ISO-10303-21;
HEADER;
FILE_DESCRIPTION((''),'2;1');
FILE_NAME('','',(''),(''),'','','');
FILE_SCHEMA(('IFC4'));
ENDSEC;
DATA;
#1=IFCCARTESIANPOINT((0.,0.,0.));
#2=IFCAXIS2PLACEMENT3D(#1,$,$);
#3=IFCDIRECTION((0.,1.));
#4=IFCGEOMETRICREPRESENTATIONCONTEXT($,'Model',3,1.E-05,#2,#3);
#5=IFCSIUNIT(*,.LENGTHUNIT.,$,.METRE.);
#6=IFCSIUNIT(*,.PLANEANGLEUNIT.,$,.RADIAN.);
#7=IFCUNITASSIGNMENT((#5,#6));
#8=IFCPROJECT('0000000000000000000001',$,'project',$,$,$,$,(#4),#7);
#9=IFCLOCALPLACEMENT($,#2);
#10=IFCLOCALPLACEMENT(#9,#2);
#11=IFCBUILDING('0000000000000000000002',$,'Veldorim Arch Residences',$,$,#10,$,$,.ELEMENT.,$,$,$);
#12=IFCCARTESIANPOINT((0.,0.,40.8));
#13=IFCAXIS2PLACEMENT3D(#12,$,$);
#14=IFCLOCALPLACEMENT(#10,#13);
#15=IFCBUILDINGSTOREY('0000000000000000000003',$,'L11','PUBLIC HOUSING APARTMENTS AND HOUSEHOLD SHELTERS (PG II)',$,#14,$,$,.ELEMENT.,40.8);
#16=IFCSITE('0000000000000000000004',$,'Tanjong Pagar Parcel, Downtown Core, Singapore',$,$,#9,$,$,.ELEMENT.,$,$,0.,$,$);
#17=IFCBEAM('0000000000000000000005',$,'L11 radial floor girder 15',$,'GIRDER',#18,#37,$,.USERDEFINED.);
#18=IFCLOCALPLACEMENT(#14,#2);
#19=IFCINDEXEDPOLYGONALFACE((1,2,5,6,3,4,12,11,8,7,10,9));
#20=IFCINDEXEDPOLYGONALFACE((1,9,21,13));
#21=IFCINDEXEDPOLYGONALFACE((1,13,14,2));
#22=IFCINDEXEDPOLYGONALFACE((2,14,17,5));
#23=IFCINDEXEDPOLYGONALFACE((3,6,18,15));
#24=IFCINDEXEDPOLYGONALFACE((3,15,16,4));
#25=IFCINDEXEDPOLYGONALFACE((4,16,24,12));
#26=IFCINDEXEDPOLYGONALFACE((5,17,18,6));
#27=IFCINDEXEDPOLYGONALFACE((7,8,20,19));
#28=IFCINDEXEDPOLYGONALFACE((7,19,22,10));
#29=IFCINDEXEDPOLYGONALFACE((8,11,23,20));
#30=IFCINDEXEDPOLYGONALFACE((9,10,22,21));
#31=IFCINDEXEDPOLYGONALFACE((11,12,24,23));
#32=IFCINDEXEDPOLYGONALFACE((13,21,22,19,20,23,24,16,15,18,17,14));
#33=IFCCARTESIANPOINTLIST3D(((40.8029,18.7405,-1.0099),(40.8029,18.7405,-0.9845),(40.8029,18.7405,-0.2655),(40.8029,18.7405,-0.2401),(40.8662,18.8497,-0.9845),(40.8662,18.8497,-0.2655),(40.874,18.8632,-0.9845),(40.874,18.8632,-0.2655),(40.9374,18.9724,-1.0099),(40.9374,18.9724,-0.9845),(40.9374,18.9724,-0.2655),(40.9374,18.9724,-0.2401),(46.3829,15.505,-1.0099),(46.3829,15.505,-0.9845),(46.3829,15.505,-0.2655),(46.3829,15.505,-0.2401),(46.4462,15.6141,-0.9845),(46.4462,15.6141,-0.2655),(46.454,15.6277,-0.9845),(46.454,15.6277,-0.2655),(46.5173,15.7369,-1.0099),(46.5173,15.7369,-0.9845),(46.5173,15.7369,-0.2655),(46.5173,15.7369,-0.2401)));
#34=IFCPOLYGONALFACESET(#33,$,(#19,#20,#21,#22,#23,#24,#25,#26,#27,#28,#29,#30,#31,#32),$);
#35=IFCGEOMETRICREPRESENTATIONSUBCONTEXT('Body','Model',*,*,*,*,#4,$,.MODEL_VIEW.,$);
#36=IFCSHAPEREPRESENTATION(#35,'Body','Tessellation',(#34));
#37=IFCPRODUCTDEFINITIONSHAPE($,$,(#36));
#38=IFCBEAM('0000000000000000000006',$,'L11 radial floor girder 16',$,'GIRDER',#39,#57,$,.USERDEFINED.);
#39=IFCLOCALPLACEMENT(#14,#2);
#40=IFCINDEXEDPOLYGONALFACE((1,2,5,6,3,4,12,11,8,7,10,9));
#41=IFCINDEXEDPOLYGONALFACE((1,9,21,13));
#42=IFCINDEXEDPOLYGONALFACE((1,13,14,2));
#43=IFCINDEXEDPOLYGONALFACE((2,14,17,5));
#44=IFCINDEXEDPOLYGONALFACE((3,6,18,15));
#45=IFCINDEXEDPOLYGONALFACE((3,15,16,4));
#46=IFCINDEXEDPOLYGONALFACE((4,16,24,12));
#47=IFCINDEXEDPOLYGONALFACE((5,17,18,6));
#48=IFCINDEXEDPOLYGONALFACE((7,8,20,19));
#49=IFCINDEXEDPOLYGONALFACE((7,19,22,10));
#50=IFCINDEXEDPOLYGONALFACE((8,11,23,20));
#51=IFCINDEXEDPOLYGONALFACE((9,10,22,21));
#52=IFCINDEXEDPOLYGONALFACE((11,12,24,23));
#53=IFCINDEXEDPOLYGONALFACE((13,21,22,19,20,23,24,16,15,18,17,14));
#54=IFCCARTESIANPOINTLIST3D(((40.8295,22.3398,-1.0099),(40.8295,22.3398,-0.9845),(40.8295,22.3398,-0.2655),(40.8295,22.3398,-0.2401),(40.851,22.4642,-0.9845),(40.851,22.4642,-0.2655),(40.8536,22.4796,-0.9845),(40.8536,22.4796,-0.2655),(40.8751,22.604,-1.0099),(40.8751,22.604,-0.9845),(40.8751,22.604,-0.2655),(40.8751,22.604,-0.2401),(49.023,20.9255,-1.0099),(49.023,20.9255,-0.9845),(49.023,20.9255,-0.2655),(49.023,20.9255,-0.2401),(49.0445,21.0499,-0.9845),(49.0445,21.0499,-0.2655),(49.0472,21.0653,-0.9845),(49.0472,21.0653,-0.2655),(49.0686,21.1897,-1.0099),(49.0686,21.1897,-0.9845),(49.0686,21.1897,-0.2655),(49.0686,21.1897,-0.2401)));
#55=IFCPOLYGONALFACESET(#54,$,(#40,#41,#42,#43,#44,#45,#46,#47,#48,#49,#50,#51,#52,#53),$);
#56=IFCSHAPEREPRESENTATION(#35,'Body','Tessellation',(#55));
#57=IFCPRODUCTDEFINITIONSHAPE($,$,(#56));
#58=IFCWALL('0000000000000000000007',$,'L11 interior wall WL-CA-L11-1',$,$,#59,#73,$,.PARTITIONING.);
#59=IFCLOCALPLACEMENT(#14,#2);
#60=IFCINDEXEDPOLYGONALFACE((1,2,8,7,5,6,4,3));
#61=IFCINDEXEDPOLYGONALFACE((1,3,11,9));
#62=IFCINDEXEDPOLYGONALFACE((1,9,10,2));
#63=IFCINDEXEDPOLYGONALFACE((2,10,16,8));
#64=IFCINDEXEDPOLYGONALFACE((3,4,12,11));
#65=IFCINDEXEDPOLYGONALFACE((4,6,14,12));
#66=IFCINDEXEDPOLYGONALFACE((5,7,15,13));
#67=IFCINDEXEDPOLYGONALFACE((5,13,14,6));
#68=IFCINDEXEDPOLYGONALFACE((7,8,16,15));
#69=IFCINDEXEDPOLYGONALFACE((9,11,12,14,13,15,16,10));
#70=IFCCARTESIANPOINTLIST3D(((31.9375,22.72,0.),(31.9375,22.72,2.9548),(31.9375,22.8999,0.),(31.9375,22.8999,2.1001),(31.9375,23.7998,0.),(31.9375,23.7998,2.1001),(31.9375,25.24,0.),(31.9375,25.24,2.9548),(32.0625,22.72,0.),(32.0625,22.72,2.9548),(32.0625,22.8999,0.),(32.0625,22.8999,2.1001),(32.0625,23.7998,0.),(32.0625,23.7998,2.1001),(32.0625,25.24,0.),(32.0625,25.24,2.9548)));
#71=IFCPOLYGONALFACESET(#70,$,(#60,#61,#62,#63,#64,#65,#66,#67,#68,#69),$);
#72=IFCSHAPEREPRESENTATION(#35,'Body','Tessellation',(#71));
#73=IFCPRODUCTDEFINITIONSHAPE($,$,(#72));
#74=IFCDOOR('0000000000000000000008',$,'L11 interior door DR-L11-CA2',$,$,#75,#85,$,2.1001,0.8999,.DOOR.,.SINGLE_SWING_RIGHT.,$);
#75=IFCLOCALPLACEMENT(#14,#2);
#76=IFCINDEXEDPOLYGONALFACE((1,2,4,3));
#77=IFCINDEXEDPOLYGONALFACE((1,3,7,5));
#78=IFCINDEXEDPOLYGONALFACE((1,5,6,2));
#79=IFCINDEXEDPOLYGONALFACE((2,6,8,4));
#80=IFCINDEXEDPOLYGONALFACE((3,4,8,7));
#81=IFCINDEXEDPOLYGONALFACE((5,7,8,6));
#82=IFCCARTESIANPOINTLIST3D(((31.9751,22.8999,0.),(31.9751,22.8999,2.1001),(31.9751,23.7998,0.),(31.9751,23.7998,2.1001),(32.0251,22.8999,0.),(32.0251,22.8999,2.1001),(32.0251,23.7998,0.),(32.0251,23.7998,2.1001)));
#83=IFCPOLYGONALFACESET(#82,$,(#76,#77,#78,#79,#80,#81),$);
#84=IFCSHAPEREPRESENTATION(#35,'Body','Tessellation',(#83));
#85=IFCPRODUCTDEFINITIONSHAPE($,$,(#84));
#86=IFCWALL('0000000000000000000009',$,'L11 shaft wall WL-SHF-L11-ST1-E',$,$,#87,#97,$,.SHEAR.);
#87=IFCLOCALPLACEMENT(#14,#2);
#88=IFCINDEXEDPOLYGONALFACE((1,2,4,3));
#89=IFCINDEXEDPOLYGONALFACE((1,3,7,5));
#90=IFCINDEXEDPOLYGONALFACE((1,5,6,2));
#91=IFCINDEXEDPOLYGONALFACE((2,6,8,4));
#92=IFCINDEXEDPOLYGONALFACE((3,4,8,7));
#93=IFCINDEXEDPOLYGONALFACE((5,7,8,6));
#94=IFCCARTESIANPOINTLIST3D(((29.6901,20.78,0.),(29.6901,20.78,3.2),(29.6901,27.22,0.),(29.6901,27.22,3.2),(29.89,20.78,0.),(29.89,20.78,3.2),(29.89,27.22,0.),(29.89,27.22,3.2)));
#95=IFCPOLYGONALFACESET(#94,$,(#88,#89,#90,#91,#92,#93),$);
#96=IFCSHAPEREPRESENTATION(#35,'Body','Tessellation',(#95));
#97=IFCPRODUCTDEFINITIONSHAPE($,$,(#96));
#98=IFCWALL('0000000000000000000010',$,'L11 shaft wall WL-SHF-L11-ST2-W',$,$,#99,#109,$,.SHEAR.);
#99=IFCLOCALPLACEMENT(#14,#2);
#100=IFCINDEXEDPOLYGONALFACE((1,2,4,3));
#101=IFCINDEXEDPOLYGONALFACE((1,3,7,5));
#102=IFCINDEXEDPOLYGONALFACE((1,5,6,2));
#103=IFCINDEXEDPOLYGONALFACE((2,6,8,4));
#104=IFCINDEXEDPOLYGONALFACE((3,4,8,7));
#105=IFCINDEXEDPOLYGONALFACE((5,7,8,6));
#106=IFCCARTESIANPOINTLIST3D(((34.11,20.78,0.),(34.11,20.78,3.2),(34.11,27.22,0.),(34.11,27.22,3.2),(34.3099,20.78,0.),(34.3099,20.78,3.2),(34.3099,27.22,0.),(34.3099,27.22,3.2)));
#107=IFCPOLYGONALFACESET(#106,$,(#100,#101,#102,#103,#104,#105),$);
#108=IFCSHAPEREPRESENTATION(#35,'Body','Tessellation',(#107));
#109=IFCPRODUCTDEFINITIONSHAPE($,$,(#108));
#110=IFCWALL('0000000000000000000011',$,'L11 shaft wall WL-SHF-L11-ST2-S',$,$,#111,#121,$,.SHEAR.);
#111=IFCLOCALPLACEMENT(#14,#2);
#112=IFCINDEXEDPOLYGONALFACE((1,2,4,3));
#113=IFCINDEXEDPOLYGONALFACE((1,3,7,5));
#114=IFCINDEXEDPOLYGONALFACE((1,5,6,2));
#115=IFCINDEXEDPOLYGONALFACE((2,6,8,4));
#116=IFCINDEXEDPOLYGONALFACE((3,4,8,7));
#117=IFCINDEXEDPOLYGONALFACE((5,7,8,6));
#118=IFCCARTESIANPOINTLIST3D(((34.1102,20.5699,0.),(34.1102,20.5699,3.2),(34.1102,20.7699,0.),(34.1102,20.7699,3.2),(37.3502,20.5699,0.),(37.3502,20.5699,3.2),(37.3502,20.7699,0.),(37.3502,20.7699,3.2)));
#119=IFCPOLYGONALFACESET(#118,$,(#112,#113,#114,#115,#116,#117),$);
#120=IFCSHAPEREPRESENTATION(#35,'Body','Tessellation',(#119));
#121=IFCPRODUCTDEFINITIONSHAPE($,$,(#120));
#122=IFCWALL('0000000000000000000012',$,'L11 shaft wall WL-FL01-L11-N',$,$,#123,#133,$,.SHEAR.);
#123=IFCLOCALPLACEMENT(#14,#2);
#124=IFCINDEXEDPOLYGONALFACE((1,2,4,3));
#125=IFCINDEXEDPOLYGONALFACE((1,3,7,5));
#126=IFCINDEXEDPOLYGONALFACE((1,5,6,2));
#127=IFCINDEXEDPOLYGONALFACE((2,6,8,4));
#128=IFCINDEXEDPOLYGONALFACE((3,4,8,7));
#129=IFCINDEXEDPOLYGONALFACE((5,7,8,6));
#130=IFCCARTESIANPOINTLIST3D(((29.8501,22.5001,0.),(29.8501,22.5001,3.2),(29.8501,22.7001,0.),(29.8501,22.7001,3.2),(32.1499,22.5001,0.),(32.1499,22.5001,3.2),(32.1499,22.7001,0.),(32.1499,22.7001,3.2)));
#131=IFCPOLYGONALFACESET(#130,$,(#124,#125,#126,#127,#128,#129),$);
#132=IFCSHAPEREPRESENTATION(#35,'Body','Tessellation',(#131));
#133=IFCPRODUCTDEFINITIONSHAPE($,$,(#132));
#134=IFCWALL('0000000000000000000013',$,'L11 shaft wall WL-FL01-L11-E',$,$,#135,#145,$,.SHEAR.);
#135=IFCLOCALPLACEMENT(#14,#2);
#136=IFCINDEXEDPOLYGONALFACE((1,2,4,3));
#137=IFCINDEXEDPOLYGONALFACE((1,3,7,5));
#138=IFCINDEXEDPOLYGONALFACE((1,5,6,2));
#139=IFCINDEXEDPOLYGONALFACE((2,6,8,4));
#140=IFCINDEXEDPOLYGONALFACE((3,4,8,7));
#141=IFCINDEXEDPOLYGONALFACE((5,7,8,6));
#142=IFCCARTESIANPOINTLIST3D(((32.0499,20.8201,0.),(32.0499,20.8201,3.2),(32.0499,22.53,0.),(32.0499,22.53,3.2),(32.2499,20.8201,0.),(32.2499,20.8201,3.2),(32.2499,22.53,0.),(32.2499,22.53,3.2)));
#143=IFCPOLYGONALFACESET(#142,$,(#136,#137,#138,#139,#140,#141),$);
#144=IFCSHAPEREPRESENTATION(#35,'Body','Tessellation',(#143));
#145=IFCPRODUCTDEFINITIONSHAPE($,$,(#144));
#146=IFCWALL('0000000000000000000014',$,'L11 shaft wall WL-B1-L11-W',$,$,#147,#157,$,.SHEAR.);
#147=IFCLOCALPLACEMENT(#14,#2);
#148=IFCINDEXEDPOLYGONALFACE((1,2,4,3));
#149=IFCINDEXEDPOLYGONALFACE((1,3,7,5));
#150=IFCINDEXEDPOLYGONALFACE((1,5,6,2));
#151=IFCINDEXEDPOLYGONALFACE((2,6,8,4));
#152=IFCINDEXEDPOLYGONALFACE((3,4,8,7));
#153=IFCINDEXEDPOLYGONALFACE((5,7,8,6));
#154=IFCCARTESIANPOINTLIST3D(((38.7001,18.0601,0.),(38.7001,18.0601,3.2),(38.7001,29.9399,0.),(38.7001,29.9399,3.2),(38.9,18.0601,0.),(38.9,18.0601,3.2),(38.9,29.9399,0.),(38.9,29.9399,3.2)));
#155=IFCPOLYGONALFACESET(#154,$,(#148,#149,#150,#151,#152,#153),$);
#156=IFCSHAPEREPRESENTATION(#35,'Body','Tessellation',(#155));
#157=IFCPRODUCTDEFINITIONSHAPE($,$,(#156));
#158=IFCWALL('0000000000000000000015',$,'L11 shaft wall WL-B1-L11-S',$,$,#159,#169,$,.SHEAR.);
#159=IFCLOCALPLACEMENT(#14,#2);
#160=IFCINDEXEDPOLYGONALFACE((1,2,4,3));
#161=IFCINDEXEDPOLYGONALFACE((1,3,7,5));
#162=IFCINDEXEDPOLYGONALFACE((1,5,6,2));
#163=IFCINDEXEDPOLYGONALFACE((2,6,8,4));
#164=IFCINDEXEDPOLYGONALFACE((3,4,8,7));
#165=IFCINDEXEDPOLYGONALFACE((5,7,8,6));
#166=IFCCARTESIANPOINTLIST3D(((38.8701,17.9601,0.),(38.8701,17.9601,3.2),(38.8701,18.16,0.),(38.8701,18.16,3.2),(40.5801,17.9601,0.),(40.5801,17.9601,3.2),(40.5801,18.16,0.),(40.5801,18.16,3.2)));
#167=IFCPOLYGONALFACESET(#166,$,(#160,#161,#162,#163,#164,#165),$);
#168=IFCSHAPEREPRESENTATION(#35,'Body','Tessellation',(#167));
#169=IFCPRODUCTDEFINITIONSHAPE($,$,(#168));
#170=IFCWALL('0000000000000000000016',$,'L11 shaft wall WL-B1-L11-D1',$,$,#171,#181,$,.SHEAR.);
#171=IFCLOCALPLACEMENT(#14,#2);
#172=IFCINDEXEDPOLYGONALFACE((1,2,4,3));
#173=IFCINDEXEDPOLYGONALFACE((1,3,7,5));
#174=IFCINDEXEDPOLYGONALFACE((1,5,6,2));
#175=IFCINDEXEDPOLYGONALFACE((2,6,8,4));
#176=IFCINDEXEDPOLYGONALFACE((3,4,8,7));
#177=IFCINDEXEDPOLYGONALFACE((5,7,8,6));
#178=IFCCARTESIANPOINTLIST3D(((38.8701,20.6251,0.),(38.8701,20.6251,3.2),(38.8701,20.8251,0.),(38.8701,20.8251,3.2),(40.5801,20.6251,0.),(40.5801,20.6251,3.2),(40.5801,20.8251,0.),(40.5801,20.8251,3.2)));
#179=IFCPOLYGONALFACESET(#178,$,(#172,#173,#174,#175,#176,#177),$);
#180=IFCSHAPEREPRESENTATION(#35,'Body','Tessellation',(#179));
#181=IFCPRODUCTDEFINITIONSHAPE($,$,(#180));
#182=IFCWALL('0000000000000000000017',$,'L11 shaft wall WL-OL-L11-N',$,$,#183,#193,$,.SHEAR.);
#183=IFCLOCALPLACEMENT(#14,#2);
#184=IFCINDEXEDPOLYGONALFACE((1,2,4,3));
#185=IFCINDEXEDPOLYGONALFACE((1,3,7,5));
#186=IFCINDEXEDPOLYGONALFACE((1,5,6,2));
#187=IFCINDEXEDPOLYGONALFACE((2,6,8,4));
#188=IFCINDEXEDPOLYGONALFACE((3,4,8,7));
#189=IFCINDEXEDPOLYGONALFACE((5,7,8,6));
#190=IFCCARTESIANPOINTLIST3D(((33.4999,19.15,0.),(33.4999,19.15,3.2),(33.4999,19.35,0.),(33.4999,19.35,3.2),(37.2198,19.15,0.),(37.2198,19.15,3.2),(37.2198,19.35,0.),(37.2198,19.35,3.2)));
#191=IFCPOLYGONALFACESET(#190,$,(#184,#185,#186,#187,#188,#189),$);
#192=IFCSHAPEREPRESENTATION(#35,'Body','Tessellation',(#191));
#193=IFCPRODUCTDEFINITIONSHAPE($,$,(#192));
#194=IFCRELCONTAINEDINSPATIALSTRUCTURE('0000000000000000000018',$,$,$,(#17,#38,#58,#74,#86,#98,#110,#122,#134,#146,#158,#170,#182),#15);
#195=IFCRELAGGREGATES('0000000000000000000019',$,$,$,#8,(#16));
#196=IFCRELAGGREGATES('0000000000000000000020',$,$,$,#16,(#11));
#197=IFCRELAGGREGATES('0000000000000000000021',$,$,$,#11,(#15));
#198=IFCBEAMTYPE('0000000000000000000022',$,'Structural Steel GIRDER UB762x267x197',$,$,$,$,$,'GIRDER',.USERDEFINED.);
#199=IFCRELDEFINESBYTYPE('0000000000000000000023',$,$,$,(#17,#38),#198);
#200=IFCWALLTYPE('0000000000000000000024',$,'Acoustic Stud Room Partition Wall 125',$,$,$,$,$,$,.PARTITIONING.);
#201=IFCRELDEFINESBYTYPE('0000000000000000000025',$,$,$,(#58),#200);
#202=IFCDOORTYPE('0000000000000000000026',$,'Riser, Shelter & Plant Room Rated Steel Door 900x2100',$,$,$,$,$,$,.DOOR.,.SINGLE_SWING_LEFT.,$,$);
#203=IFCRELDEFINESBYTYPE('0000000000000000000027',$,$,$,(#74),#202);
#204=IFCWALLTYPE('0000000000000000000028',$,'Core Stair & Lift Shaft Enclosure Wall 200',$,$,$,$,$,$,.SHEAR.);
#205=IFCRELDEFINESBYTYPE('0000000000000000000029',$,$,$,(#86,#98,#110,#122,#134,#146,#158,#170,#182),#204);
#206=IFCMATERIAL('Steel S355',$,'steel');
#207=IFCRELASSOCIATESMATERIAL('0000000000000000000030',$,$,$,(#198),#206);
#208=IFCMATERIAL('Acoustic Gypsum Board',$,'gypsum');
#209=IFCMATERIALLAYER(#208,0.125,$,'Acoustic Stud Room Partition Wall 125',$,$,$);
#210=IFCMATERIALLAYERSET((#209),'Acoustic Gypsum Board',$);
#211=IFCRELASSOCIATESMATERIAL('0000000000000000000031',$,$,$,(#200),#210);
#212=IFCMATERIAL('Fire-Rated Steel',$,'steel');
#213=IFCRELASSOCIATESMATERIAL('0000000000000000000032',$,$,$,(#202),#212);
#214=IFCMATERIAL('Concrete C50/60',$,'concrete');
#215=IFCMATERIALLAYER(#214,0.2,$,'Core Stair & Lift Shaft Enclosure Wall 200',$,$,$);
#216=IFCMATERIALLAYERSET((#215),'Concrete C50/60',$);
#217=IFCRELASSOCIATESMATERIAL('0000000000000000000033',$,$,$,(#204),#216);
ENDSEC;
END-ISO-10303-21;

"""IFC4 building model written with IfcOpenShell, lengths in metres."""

from ifc_helpers import new_model, si_unit, direction, frame, frame_2d, origin, origin_2d, place, context, subcontext, project, spatial, rectangle, i_section, extrude, material, layer, layer_set, material_profile, profile_set, type_object, element, fill, save


model = new_model("IFC4")

# Units and contexts
model_context = context("Model", 3, precision=1e-05, world=origin(), true_north=direction((0.0, 1.0)))
body_context = subcontext(model_context, "Body", "Model", "MODEL_VIEW")
ifc_project = project(units=[si_unit("LENGTHUNIT", "METRE"), si_unit("PLANEANGLEUNIT", "RADIAN")], contexts=[model_context])

# Site, building, storey
site_placement = place(None, origin())
site = spatial("IfcSite", under=ifc_project, at=site_placement, Name="Tanjong Pagar Parcel, Downtown Core, Singapore", CompositionType="ELEMENT", RefElevation=0.0)
building_placement = place(site_placement, origin())
building = spatial("IfcBuilding", under=site, at=building_placement, Name="Veldorim Arch Residences", CompositionType="ELEMENT")
storey_placement = place(building_placement, frame((0.0, 0.0, 40.8)))
storey = spatial("IfcBuildingStorey", under=building, at=storey_placement, Name="L11", Description="PUBLIC HOUSING APARTMENTS AND HOUSEHOLD SHELTERS (PG II)", CompositionType="ELEMENT", Elevation=40.8)

# Beams
ifc_material_1 = material(Name="Steel S355", Category="steel")
ifc_material_profile = material_profile(ifc_material_1, i_section(OverallWidth=0.2681, OverallDepth=0.7698, WebThickness=0.0156, FlangeThickness=0.0254, at=origin_2d()), Name="UB762x267x197")
ifc_profile_set = profile_set([ifc_material_profile], Name="Steel S355")
beam_type = type_object("IfcBeamType", Name="Structural Steel GIRDER UB762x267x197", ElementType="GIRDER", PredefinedType="USERDEFINED", material=ifc_profile_set)
beam_1_placement = place(storey_placement, frame((40.8701, 18.8564, -0.625), z_axis=(0.865088, -0.50162, 0.0), x_axis=(0.50162, 0.865088, 0.0)))
element("IfcBeam", 1, at=beam_1_placement, inside=storey, type_object=beam_type, Name="L11 radial floor girder 15", ObjectType="GIRDER", PredefinedType="USERDEFINED", context=body_context, shape_type="SweptSolid", body=[
    extrude(i_section(OverallWidth=0.2681, OverallDepth=0.7698, WebThickness=0.0156, FlangeThickness=0.0254, at=origin_2d()), origin(), (0.0, 0.0, 1.0), 6.4502),
])
beam_2_placement = place(storey_placement, frame((40.8523, 22.4719, -0.625), z_axis=(0.985428, -0.170096, 0.0), x_axis=(0.170096, 0.985428, 0.0)))
element("IfcBeam", 2, at=beam_2_placement, inside=storey, type_object=beam_type, Name="L11 radial floor girder 16", ObjectType="GIRDER", PredefinedType="USERDEFINED", context=body_context, shape_type="SweptSolid", body=[
    extrude(i_section(OverallWidth=0.2681, OverallDepth=0.7698, WebThickness=0.0156, FlangeThickness=0.0254, at=origin_2d()), origin(), (0.0, 0.0, 1.0), 8.3147),
])

# Wall, opening, door
ifc_material_2 = material(Name="Acoustic Gypsum Board", Category="gypsum")
ifc_layer_1 = layer(ifc_material_2, 0.125, Name="Acoustic Stud Room Partition Wall 125")
ifc_layer_set_1 = layer_set([ifc_layer_1], Name="Acoustic Gypsum Board")
wall_type_1 = type_object("IfcWallType", Name="Acoustic Stud Room Partition Wall 125", PredefinedType="PARTITIONING", material=ifc_layer_set_1)
wall_1_placement = place(storey_placement, frame((32.0, 22.72, 0.0), z_axis=(0.0, 0.0, 1.0), x_axis=(0.0, 1.0, 0.0)))
wall_1 = element("IfcWall", 3, at=wall_1_placement, inside=storey, type_object=wall_type_1, Name="L11 interior wall WL-CA-L11-1", PredefinedType="PARTITIONING", context=body_context, shape_type="SweptSolid", body=[
    extrude(rectangle(XDim=2.52, YDim=0.125, at=frame_2d((1.26, 0.0))), origin(), (0.0, 0.0, 1.0), 2.9548),
])
opening_1_placement = place(wall_1_placement, frame((0.1799, 0.0, 0.0)))
opening_1 = element("IfcOpeningElement", 4, at=opening_1_placement, cuts=wall_1, PredefinedType="OPENING", context=body_context, shape_type="SweptSolid", body=[
    extrude(rectangle(XDim=0.8999, YDim=2.1001, at=frame_2d((0.45, 1.05))), frame((0.0, 0.0725, 0.0), z_axis=(0.0, -1.0, 0.0), x_axis=(1.0, 0.0, 0.0)), (0.0, 0.0, 1.0), 0.145),
])
ifc_material_3 = material(Name="Fire-Rated Steel", Category="steel")
door_type_1 = type_object("IfcDoorType", Name="Riser, Shelter & Plant Room Rated Steel Door 900x2100", OperationType="SINGLE_SWING_LEFT", PredefinedType="DOOR", material=ifc_material_3)
door_1_placement = place(opening_1_placement, origin())
door_1 = element("IfcDoor", 5, at=door_1_placement, inside=storey, type_object=door_type_1, Name="L11 interior door DR-L11-CA2", OperationType="SINGLE_SWING_RIGHT", OverallHeight=2.1001, OverallWidth=0.8999, PredefinedType="DOOR", context=body_context, shape_type="SweptSolid", body=[
    extrude(rectangle(XDim=0.8999, YDim=2.1001, at=frame_2d((0.45, 1.05))), frame((0.0, 0.0249, 0.0), z_axis=(0.0, -1.0, 0.0), x_axis=(1.0, 0.0, 0.0)), (0.0, 0.0, 1.0), 0.05),
])
fill(opening_1, door_1)

# Walls
ifc_material_4 = material(Name="Concrete C50/60", Category="concrete")
ifc_layer_2 = layer(ifc_material_4, 0.2, Name="Core Stair & Lift Shaft Enclosure Wall 200")
ifc_layer_set_2 = layer_set([ifc_layer_2], Name="Concrete C50/60")
wall_type_2 = type_object("IfcWallType", Name="Core Stair & Lift Shaft Enclosure Wall 200", PredefinedType="SHEAR", material=ifc_layer_set_2)
for number, where, z_axis, x_axis, name in (
    (6, (29.79, 20.78, 0.0), (0.0, 0.0, 1.0), (0.0, 1.0, 0.0), "L11 shaft wall WL-SHF-L11-ST1-E"),
    (7, (34.21, 20.78, 0.0), (0.0, 0.0, 1.0), (0.0, 1.0, 0.0), "L11 shaft wall WL-SHF-L11-ST2-W"),
):
    element("IfcWall", number, at=place(storey_placement, frame(where, z_axis=z_axis, x_axis=x_axis)), inside=storey, type_object=wall_type_2, Name=name, PredefinedType="SHEAR", context=body_context, shape_type="SweptSolid", body=[
        extrude(rectangle(XDim=6.4399, YDim=0.2, at=frame_2d((3.22, 0.0))), origin(), (0.0, 0.0, 1.0), 3.2),
    ])
wall_2_placement = place(storey_placement, frame((34.1101, 20.6699, 0.0), z_axis=(0.0, 0.0, 1.0), x_axis=(1.0, 0.0, 0.0)))
element("IfcWall", 8, at=wall_2_placement, inside=storey, type_object=wall_type_2, Name="L11 shaft wall WL-SHF-L11-ST2-S", PredefinedType="SHEAR", context=body_context, shape_type="SweptSolid", body=[
    extrude(rectangle(XDim=3.24, YDim=0.2, at=frame_2d((1.6201, 0.0))), origin(), (0.0, 0.0, 1.0), 3.2),
])

# Walls
wall_3_placement = place(storey_placement, frame((29.8501, 22.6001, 0.0), z_axis=(0.0, 0.0, 1.0), x_axis=(1.0, 0.0, 0.0)))
element("IfcWall", 9, at=wall_3_placement, inside=storey, type_object=wall_type_2, Name="L11 shaft wall WL-FL01-L11-N", PredefinedType="SHEAR", context=body_context, shape_type="SweptSolid", body=[
    extrude(rectangle(XDim=2.2998, YDim=0.2, at=frame_2d((1.1499, 0.0))), origin(), (0.0, 0.0, 1.0), 3.2),
])
wall_4_placement = place(storey_placement, frame((32.1499, 20.8201, 0.0), z_axis=(0.0, 0.0, 1.0), x_axis=(0.0, 1.0, 0.0)))
element("IfcWall", 10, at=wall_4_placement, inside=storey, type_object=wall_type_2, Name="L11 shaft wall WL-FL01-L11-E", PredefinedType="SHEAR", context=body_context, shape_type="SweptSolid", body=[
    extrude(rectangle(XDim=1.71, YDim=0.2, at=frame_2d((0.855, 0.0))), origin(), (0.0, 0.0, 1.0), 3.2),
])
wall_5_placement = place(storey_placement, frame((38.8, 18.0601, 0.0), z_axis=(0.0, 0.0, 1.0), x_axis=(0.0, 1.0, 0.0)))
element("IfcWall", 11, at=wall_5_placement, inside=storey, type_object=wall_type_2, Name="L11 shaft wall WL-B1-L11-W", PredefinedType="SHEAR", context=body_context, shape_type="SweptSolid", body=[
    extrude(rectangle(XDim=11.8799, YDim=0.2, at=frame_2d((5.9399, 0.0))), origin(), (0.0, 0.0, 1.0), 3.2),
])
for number, where, z_axis, x_axis, name in (
    (12, (38.8701, 18.0601, 0.0), (0.0, 0.0, 1.0), (1.0, 0.0, 0.0), "L11 shaft wall WL-B1-L11-S"),
    (13, (38.8701, 20.7251, 0.0), (0.0, 0.0, 1.0), (1.0, 0.0, 0.0), "L11 shaft wall WL-B1-L11-D1"),
):
    element("IfcWall", number, at=place(storey_placement, frame(where, z_axis=z_axis, x_axis=x_axis)), inside=storey, type_object=wall_type_2, Name=name, PredefinedType="SHEAR", context=body_context, shape_type="SweptSolid", body=[
        extrude(rectangle(XDim=1.71, YDim=0.2, at=frame_2d((0.855, 0.0))), origin(), (0.0, 0.0, 1.0), 3.2),
    ])
wall_6_placement = place(storey_placement, frame((33.5, 19.25, 0.0), z_axis=(0.0, 0.0, 1.0), x_axis=(1.0, 0.0, 0.0)))
element("IfcWall", 14, at=wall_6_placement, inside=storey, type_object=wall_type_2, Name="L11 shaft wall WL-OL-L11-N", PredefinedType="SHEAR", context=body_context, shape_type="SweptSolid", body=[
    extrude(rectangle(XDim=3.72, YDim=0.2, at=frame_2d((1.8599, 0.0))), origin(), (0.0, 0.0, 1.0), 3.2),
])

save(model, "model.ifc")
